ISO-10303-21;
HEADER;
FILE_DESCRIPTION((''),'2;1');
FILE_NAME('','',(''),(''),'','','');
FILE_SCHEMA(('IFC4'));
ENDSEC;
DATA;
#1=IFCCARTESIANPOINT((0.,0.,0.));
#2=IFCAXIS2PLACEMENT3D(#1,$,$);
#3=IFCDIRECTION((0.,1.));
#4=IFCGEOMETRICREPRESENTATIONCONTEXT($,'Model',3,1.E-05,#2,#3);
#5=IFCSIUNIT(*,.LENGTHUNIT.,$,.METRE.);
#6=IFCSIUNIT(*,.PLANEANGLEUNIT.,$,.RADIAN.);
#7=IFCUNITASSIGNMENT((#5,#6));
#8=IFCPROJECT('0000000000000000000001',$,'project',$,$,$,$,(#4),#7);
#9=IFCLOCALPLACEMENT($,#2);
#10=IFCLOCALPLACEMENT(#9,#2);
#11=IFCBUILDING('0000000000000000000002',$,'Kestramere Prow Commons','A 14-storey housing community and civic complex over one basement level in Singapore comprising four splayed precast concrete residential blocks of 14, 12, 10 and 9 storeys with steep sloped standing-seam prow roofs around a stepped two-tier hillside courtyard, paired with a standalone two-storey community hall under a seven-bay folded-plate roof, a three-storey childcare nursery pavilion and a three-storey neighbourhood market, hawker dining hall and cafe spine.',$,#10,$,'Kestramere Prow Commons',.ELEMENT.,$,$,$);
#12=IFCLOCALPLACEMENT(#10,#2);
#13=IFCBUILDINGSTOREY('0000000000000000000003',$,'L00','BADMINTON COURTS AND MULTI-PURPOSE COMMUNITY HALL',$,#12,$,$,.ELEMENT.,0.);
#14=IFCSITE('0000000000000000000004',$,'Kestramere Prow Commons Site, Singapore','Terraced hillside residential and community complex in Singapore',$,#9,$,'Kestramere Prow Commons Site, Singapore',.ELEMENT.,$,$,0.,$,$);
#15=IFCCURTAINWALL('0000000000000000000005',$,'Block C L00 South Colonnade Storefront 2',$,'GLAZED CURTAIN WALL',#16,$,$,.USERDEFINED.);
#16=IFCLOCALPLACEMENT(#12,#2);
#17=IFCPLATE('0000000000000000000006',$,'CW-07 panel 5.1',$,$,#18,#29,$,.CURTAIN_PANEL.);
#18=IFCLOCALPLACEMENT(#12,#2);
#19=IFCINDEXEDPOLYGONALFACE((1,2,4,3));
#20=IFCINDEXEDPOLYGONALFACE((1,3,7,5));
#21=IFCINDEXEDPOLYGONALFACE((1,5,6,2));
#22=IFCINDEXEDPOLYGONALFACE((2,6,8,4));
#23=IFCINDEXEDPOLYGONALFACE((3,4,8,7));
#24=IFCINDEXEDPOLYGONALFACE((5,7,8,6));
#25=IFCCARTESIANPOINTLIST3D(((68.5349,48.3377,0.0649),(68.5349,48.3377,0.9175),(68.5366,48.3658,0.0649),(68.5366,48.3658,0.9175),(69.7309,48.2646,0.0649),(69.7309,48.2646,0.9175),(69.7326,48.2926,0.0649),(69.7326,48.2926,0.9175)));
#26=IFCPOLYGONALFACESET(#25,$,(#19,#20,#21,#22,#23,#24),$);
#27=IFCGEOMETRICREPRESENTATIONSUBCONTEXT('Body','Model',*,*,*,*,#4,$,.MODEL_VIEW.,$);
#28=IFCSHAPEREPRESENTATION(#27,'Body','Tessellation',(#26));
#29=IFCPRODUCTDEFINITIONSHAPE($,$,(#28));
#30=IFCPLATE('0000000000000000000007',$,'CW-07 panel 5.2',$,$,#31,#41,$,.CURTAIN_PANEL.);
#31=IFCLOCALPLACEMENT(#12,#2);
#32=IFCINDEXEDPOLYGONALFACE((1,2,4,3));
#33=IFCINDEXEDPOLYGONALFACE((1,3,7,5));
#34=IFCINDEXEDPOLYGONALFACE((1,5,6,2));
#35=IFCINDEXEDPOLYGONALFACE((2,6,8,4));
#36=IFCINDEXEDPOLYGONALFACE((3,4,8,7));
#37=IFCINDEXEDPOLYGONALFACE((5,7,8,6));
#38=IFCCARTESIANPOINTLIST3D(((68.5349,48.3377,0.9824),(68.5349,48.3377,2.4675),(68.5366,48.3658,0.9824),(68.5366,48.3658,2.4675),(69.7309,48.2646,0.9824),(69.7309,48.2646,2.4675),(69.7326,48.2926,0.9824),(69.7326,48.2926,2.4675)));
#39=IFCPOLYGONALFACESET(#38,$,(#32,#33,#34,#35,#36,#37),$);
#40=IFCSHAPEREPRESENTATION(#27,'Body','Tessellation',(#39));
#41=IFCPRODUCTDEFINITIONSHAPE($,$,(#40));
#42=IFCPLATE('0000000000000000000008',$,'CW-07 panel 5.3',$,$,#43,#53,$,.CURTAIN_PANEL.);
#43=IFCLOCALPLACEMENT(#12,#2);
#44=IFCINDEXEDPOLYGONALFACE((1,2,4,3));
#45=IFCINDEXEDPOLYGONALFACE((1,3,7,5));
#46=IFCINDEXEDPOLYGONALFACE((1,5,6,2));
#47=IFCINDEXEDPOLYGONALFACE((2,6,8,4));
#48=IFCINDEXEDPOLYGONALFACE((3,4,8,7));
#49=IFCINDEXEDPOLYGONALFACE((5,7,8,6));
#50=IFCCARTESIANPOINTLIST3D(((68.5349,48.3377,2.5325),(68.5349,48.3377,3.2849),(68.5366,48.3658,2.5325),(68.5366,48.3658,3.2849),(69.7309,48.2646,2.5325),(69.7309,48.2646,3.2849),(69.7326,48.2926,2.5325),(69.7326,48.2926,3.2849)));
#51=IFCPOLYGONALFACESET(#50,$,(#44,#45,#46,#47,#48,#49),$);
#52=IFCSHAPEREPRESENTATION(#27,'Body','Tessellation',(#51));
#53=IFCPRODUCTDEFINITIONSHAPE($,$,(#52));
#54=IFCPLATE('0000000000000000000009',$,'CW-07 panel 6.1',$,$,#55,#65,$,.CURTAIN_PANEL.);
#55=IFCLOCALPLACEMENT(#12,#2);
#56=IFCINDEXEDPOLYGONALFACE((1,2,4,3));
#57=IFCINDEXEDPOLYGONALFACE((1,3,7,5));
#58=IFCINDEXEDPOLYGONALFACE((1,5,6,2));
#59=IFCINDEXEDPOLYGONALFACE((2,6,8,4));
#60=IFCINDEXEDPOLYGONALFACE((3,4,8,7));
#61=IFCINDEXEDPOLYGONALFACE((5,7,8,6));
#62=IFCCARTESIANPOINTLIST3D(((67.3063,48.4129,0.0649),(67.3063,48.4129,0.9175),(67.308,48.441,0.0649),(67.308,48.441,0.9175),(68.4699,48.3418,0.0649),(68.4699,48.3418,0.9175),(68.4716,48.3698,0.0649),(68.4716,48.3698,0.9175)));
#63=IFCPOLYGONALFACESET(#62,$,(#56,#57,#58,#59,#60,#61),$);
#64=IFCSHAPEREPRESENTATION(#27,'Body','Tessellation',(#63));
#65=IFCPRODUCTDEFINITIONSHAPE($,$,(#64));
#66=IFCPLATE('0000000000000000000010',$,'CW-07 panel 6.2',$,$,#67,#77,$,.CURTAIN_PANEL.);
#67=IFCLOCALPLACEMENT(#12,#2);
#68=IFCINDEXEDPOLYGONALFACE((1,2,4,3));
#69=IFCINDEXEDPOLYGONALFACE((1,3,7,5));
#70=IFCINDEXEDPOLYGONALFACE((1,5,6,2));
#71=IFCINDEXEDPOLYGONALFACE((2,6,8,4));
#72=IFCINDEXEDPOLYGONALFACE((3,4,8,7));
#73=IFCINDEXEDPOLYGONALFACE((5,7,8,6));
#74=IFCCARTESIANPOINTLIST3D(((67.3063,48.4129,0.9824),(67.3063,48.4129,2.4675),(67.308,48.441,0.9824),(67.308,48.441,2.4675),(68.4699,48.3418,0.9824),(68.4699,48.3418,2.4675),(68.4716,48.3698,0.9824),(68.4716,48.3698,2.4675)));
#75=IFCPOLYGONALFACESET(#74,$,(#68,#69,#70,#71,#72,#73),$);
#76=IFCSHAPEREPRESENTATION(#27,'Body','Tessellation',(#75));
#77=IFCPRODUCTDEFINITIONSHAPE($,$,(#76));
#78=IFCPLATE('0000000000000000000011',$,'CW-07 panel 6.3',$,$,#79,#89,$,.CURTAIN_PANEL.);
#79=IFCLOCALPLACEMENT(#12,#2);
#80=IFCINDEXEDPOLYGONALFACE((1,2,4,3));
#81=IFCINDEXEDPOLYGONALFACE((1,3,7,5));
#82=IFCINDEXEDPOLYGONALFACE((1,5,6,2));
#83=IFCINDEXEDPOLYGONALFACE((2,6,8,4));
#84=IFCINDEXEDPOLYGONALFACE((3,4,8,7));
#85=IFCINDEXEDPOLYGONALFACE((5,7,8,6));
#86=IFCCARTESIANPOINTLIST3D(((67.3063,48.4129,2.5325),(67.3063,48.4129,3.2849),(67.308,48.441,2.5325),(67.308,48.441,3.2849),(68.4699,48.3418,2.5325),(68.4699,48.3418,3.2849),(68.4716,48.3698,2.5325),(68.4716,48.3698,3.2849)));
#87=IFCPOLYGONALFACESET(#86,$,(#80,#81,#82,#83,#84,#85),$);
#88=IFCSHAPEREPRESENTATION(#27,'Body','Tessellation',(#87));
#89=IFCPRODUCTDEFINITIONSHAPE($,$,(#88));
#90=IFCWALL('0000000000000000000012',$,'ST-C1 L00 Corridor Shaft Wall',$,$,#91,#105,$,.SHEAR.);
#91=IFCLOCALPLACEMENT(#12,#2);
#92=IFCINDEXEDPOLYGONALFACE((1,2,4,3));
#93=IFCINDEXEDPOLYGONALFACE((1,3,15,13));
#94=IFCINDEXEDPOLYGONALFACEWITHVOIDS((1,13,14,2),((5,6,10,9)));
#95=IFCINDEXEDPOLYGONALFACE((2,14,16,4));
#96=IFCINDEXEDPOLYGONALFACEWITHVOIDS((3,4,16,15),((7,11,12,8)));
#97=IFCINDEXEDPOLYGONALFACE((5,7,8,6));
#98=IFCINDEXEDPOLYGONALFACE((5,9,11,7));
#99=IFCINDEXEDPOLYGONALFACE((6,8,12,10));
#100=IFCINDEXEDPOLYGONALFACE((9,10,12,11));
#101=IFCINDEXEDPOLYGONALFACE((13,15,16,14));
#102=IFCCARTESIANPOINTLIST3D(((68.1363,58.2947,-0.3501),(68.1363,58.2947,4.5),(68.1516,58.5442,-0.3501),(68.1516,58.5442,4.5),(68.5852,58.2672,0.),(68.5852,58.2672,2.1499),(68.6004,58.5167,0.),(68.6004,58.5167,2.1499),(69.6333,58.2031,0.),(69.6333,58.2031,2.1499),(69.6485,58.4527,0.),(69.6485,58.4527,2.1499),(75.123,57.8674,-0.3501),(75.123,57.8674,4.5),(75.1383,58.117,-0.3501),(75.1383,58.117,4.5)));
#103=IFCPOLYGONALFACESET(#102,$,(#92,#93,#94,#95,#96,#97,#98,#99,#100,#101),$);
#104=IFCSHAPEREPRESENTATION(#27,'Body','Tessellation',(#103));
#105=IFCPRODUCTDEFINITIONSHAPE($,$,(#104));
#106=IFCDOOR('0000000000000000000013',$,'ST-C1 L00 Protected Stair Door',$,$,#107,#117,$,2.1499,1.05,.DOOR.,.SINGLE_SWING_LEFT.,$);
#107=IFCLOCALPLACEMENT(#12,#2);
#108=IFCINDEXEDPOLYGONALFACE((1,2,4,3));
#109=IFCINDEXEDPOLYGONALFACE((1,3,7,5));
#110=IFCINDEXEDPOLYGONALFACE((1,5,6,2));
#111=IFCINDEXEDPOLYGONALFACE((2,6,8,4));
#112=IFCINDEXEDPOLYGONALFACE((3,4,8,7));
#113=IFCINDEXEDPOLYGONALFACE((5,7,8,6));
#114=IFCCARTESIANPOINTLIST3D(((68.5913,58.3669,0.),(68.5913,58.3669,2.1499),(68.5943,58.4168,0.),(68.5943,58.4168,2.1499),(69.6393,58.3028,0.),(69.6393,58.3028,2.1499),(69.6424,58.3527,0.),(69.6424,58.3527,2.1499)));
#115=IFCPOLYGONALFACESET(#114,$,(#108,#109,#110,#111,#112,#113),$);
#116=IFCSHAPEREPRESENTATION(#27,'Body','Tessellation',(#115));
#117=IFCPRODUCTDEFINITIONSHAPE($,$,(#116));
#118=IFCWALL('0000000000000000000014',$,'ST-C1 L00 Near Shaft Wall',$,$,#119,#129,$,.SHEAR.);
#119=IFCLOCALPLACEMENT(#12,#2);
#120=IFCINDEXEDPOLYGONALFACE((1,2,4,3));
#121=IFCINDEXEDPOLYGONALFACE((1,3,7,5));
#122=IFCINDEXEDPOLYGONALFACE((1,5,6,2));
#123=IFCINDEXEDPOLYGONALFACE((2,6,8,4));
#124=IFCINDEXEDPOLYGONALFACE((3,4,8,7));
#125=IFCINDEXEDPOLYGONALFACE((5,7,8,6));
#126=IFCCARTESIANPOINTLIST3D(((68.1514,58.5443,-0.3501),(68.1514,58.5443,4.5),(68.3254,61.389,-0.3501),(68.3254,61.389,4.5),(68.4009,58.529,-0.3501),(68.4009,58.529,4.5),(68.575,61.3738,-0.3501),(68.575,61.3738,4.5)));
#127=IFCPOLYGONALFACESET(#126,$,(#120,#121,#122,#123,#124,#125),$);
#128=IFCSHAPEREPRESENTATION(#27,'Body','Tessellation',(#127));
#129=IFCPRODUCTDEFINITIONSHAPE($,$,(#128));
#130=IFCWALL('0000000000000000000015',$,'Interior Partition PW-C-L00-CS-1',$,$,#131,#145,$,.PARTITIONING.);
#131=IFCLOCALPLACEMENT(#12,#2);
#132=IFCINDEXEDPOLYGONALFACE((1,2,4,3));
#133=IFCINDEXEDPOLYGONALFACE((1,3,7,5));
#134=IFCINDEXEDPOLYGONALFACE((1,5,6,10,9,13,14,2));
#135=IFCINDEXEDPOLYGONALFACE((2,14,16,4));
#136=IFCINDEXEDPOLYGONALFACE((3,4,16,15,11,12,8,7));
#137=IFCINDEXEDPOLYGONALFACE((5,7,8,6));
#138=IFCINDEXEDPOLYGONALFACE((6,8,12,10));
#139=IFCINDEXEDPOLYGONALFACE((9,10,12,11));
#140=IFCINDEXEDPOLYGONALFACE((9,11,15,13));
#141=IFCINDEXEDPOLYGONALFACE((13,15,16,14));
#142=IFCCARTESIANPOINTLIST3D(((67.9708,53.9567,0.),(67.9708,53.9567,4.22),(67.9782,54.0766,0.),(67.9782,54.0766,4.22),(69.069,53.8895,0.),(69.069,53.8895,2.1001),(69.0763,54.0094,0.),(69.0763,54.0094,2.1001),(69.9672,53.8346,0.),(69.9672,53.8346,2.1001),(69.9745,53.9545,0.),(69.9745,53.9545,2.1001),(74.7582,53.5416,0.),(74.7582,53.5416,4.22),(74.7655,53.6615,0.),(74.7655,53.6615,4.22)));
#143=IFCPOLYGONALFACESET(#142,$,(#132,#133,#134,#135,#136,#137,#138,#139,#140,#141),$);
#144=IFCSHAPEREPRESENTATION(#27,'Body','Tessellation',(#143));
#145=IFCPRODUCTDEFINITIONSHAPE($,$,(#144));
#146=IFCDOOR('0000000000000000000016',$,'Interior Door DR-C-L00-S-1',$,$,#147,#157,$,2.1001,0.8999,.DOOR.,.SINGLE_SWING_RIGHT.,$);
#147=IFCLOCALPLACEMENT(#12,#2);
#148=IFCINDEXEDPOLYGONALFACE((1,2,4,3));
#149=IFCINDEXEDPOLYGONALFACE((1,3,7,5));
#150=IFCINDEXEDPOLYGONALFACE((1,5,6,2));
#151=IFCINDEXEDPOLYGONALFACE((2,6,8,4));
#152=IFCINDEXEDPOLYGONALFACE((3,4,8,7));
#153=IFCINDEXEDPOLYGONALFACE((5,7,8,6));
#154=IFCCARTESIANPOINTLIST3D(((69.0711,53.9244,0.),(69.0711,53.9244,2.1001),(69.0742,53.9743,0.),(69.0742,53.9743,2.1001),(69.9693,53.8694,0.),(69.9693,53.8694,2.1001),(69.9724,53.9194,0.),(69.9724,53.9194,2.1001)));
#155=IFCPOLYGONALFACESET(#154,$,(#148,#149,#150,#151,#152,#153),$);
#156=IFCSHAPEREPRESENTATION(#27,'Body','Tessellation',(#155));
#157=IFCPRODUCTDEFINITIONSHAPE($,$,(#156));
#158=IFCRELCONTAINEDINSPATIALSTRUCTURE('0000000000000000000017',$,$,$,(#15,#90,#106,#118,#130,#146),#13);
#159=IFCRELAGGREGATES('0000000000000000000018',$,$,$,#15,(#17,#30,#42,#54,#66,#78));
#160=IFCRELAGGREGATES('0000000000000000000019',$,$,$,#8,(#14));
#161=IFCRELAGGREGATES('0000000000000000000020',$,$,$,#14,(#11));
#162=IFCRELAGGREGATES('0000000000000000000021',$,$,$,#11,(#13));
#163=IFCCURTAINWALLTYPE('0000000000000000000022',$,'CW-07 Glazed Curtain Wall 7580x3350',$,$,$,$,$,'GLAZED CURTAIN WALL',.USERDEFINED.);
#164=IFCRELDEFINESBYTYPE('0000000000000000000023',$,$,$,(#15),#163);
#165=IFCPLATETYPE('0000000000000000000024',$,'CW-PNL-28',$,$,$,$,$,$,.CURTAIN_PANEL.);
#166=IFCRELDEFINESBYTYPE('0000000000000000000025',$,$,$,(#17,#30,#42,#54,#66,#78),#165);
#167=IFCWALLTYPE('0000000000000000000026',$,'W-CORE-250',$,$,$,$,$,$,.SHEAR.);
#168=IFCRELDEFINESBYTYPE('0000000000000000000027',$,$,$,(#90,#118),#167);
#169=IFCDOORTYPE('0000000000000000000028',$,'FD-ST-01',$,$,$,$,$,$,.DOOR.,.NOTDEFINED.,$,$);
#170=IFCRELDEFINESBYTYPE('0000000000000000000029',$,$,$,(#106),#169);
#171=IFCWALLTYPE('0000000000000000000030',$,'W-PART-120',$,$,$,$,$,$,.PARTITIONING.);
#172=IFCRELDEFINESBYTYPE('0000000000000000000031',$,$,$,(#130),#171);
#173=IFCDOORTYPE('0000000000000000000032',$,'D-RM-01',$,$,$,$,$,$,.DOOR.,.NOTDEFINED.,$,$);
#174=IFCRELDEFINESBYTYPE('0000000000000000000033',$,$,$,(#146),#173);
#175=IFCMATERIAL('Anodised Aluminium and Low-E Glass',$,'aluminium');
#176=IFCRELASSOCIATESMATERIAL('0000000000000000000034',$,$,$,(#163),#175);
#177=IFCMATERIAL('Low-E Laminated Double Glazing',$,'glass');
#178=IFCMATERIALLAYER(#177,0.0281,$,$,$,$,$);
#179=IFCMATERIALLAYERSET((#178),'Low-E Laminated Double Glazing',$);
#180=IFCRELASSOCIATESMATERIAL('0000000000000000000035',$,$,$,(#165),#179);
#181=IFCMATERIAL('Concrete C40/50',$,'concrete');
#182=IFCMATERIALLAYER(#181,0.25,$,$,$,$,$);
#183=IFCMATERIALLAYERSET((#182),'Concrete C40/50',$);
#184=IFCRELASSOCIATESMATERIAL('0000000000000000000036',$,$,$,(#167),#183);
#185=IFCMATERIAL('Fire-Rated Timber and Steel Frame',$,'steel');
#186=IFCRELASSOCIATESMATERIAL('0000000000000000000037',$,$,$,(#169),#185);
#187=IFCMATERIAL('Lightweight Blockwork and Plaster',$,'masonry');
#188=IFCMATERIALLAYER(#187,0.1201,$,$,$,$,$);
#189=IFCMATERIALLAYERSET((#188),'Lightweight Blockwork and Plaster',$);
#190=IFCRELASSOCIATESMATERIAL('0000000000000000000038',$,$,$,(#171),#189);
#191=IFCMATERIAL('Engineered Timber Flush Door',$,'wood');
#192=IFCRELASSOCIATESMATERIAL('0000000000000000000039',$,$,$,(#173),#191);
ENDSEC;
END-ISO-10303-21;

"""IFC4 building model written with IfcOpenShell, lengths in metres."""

from ifc_helpers import new_model, si_unit, direction, frame, frame_2d, origin, origin_2d, place, context, subcontext, project, spatial, rectangle, extrude, material, layer, layer_set, type_object, element, fill, aggregate, save


model = new_model("IFC4")

# Units and contexts
model_context = context("Model", 3, precision=1e-05, world=origin(), true_north=direction((0.0, 1.0)))
body_context = subcontext(model_context, "Body", "Model", "MODEL_VIEW")
ifc_project = project(units=[si_unit("LENGTHUNIT", "METRE"), si_unit("PLANEANGLEUNIT", "RADIAN")], contexts=[model_context])

# Site, building, storey
site_placement = place(None, origin())
site = spatial("IfcSite", under=ifc_project, at=site_placement, Name="Kestramere Prow Commons Site, Singapore", Description="Terraced hillside residential and community complex in Singapore", LongName="Kestramere Prow Commons Site, Singapore", CompositionType="ELEMENT", RefElevation=0.0)
building_placement = place(site_placement, origin())
building = spatial("IfcBuilding", under=site, at=building_placement, Name="Kestramere Prow Commons", Description="A 14-storey housing community and civic complex over one basement level in Singapore comprising four splayed precast concrete residential blocks of 14, 12, 10 and 9 storeys with steep sloped standing-seam prow roofs around a stepped two-tier hillside courtyard, paired with a standalone two-storey community hall under a seven-bay folded-plate roof, a three-storey childcare nursery pavilion and a three-storey neighbourhood market, hawker dining hall and cafe spine.", LongName="Kestramere Prow Commons", CompositionType="ELEMENT")
storey_placement = place(building_placement, origin())
storey = spatial("IfcBuildingStorey", under=building, at=storey_placement, Name="L00", Description="BADMINTON COURTS AND MULTI-PURPOSE COMMUNITY HALL", CompositionType="ELEMENT", Elevation=0.0)

# Curtain wall
ifc_material_1 = material(Name="Anodised Aluminium and Low-E Glass", Category="aluminium")
curtain_wall_type = type_object("IfcCurtainWallType", Name="CW-07 Glazed Curtain Wall 7580x3350", ElementType="GLAZED CURTAIN WALL", PredefinedType="USERDEFINED", material=ifc_material_1)
curtain_wall_placement = place(storey_placement, origin())
curtain_wall = element("IfcCurtainWall", 1, at=curtain_wall_placement, inside=storey, type_object=curtain_wall_type, Name="Block C L00 South Colonnade Storefront 2", ObjectType="GLAZED CURTAIN WALL", PredefinedType="USERDEFINED")

# Plates
ifc_material_2 = material(Name="Low-E Laminated Double Glazing", Category="glass")
ifc_layer_1 = layer(ifc_material_2, 0.0281)
ifc_layer_set_1 = layer_set([ifc_layer_1], Name="Low-E Laminated Double Glazing")
plate_type = type_object("IfcPlateType", Name="CW-PNL-28", PredefinedType="CURTAIN_PANEL", material=ifc_layer_set_1)
plate_1_placement = place(storey_placement, frame((69.1338, 48.3152, 0.0649), z_axis=(0.0, 0.0, 1.0), x_axis=(-0.998135, 0.061049, 0.0)))
plate_1 = element("IfcPlate", 2, at=plate_1_placement, type_object=plate_type, Name="CW-07 panel 5.1", PredefinedType="CURTAIN_PANEL", context=body_context, shape_type="SweptSolid", body=[
    extrude(rectangle(XDim=1.1982, YDim=0.0281, at=origin_2d()), origin(), (0.0, 0.0, 1.0), 0.8525),
])
plate_2_placement = place(storey_placement, frame((69.1338, 48.3152, 0.9824), z_axis=(0.0, 0.0, 1.0), x_axis=(-0.998135, 0.061049, 0.0)))
plate_2 = element("IfcPlate", 3, at=plate_2_placement, type_object=plate_type, Name="CW-07 panel 5.2", PredefinedType="CURTAIN_PANEL", context=body_context, shape_type="SweptSolid", body=[
    extrude(rectangle(XDim=1.1982, YDim=0.0281, at=origin_2d()), origin(), (0.0, 0.0, 1.0), 1.4851),
])
plate_3_placement = place(storey_placement, frame((69.1338, 48.3152, 2.5325), z_axis=(0.0, 0.0, 1.0), x_axis=(-0.998135, 0.061049, 0.0)))
plate_3 = element("IfcPlate", 4, at=plate_3_placement, type_object=plate_type, Name="CW-07 panel 5.3", PredefinedType="CURTAIN_PANEL", context=body_context, shape_type="SweptSolid", body=[
    extrude(rectangle(XDim=1.1982, YDim=0.0281, at=origin_2d()), origin(), (0.0, 0.0, 1.0), 0.7524),
])
plate_4_placement = place(storey_placement, frame((67.8889, 48.3914, 0.0649), z_axis=(0.0, 0.0, 1.0), x_axis=(-0.998135, 0.061049, 0.0)))
plate_4 = element("IfcPlate", 5, at=plate_4_placement, type_object=plate_type, Name="CW-07 panel 6.1", PredefinedType="CURTAIN_PANEL", context=body_context, shape_type="SweptSolid", body=[
    extrude(rectangle(XDim=1.1658, YDim=0.0281, at=origin_2d()), origin(), (0.0, 0.0, 1.0), 0.8525),
])
plate_5_placement = place(storey_placement, frame((67.8889, 48.3914, 0.9824), z_axis=(0.0, 0.0, 1.0), x_axis=(-0.998135, 0.061049, 0.0)))
plate_5 = element("IfcPlate", 6, at=plate_5_placement, type_object=plate_type, Name="CW-07 panel 6.2", PredefinedType="CURTAIN_PANEL", context=body_context, shape_type="SweptSolid", body=[
    extrude(rectangle(XDim=1.1658, YDim=0.0281, at=origin_2d()), origin(), (0.0, 0.0, 1.0), 1.4851),
])
plate_6_placement = place(storey_placement, frame((67.8889, 48.3914, 2.5325), z_axis=(0.0, 0.0, 1.0), x_axis=(-0.998135, 0.061049, 0.0)))
plate_6 = element("IfcPlate", 7, at=plate_6_placement, type_object=plate_type, Name="CW-07 panel 6.3", PredefinedType="CURTAIN_PANEL", context=body_context, shape_type="SweptSolid", body=[
    extrude(rectangle(XDim=1.1658, YDim=0.0281, at=origin_2d()), origin(), (0.0, 0.0, 1.0), 0.7524),
])
aggregate(curtain_wall, [plate_1, plate_2, plate_3, plate_4, plate_5, plate_6])

# Wall, opening, door
ifc_material_3 = material(Name="Concrete C40/50", Category="concrete")
ifc_layer_2 = layer(ifc_material_3, 0.25)
ifc_layer_set_2 = layer_set([ifc_layer_2], Name="Concrete C40/50")
wall_type_1 = type_object("IfcWallType", Name="W-CORE-250", PredefinedType="SHEAR", material=ifc_layer_set_2)
wall_1_placement = place(storey_placement, frame((68.1438, 58.4194, -0.3501), z_axis=(0.0, 0.0, 1.0), x_axis=(0.998136, -0.061036, 0.0)))
wall_1 = element("IfcWall", 8, at=wall_1_placement, inside=storey, type_object=wall_type_1, Name="ST-C1 L00 Corridor Shaft Wall", PredefinedType="SHEAR", context=body_context, shape_type="SweptSolid", body=[
    extrude(rectangle(XDim=6.9998, YDim=0.25, at=frame_2d((3.5, 0.0))), origin(), (0.0, 0.0, 1.0), 4.8501),
])
opening_1_placement = place(wall_1_placement, frame((0.45, 0.0, 0.3501)))
opening_1 = element("IfcOpeningElement", 9, at=opening_1_placement, cuts=wall_1, PredefinedType="OPENING", context=body_context, shape_type="SweptSolid", body=[
    extrude(rectangle(XDim=1.05, YDim=2.1499, at=frame_2d((0.5249, 1.075))), frame((0.0, 0.1399, 0.0), z_axis=(0.0, -1.0, 0.0), x_axis=(1.0, 0.0, 0.0)), (0.0, 0.0, 1.0), 0.28),
])
ifc_material_4 = material(Name="Fire-Rated Timber and Steel Frame", Category="steel")
door_type_1 = type_object("IfcDoorType", Name="FD-ST-01", OperationType="NOTDEFINED", PredefinedType="DOOR", material=ifc_material_4)
door_1_placement = place(opening_1_placement, origin())
door_1 = element("IfcDoor", 10, at=door_1_placement, inside=storey, type_object=door_type_1, Name="ST-C1 L00 Protected Stair Door", OperationType="SINGLE_SWING_LEFT", OverallHeight=2.1499, OverallWidth=1.05, PredefinedType="DOOR", context=body_context, shape_type="SweptSolid", body=[
    extrude(rectangle(XDim=1.05, YDim=2.1499, at=frame_2d((0.5249, 1.075))), frame((0.0, 0.0249, 0.0), z_axis=(0.0, -1.0, 0.0), x_axis=(1.0, 0.0, 0.0)), (0.0, 0.0, 1.0), 0.05),
])
fill(opening_1, door_1)

# Wall
wall_2_placement = place(storey_placement, frame((68.2761, 58.5366, -0.3501), z_axis=(0.0, 0.0, 1.0), x_axis=(0.061077, 0.998133, 0.0)))
element("IfcWall", 11, at=wall_2_placement, inside=storey, type_object=wall_type_1, Name="ST-C1 L00 Near Shaft Wall", PredefinedType="SHEAR", context=body_context, shape_type="SweptSolid", body=[
    extrude(rectangle(XDim=2.8501, YDim=0.25, at=frame_2d((1.425, 0.0))), origin(), (0.0, 0.0, 1.0), 4.8501),
])

# Wall, opening, door
ifc_material_5 = material(Name="Lightweight Blockwork and Plaster", Category="masonry")
ifc_layer_3 = layer(ifc_material_5, 0.1201)
ifc_layer_set_3 = layer_set([ifc_layer_3], Name="Lightweight Blockwork and Plaster")
wall_type_2 = type_object("IfcWallType", Name="W-PART-120", PredefinedType="PARTITIONING", material=ifc_layer_set_3)
wall_3_placement = place(storey_placement, frame((67.9746, 54.0166, 0.0), z_axis=(0.0, 0.0, 1.0), x_axis=(0.998136, -0.061035, 0.0)))
wall_3 = element("IfcWall", 12, at=wall_3_placement, inside=storey, type_object=wall_type_2, Name="Interior Partition PW-C-L00-CS-1", PredefinedType="PARTITIONING", context=body_context, shape_type="SweptSolid", body=[
    extrude(rectangle(XDim=6.8, YDim=0.1201, at=frame_2d((3.3999, 0.0))), origin(), (0.0, 0.0, 1.0), 4.22),
])
opening_2_placement = place(wall_3_placement, frame((1.1001, 0.0, 0.0)))
opening_2 = element("IfcOpeningElement", 13, at=opening_2_placement, cuts=wall_3, PredefinedType="OPENING", context=body_context, shape_type="SweptSolid", body=[
    extrude(rectangle(XDim=0.8999, YDim=2.1001, at=frame_2d((0.45, 1.05))), frame((0.0, 0.075, 0.0), z_axis=(0.0, -1.0, 0.0), x_axis=(1.0, 0.0, 0.0)), (0.0, 0.0, 1.0), 0.1501),
])
ifc_material_6 = material(Name="Engineered Timber Flush Door", Category="wood")
door_type_2 = type_object("IfcDoorType", Name="D-RM-01", OperationType="NOTDEFINED", PredefinedType="DOOR", material=ifc_material_6)
door_2_placement = place(opening_2_placement, origin())
door_2 = element("IfcDoor", 14, at=door_2_placement, inside=storey, type_object=door_type_2, Name="Interior Door DR-C-L00-S-1", OperationType="SINGLE_SWING_RIGHT", OverallHeight=2.1001, OverallWidth=0.8999, PredefinedType="DOOR", context=body_context, shape_type="SweptSolid", body=[
    extrude(rectangle(XDim=0.8999, YDim=2.1001, at=frame_2d((0.45, 1.05))), frame((0.0, 0.0249, 0.0), z_axis=(0.0, -1.0, 0.0), x_axis=(1.0, 0.0, 0.0)), (0.0, 0.0, 1.0), 0.05),
])
fill(opening_2, door_2)

save(model, "model.ifc")
